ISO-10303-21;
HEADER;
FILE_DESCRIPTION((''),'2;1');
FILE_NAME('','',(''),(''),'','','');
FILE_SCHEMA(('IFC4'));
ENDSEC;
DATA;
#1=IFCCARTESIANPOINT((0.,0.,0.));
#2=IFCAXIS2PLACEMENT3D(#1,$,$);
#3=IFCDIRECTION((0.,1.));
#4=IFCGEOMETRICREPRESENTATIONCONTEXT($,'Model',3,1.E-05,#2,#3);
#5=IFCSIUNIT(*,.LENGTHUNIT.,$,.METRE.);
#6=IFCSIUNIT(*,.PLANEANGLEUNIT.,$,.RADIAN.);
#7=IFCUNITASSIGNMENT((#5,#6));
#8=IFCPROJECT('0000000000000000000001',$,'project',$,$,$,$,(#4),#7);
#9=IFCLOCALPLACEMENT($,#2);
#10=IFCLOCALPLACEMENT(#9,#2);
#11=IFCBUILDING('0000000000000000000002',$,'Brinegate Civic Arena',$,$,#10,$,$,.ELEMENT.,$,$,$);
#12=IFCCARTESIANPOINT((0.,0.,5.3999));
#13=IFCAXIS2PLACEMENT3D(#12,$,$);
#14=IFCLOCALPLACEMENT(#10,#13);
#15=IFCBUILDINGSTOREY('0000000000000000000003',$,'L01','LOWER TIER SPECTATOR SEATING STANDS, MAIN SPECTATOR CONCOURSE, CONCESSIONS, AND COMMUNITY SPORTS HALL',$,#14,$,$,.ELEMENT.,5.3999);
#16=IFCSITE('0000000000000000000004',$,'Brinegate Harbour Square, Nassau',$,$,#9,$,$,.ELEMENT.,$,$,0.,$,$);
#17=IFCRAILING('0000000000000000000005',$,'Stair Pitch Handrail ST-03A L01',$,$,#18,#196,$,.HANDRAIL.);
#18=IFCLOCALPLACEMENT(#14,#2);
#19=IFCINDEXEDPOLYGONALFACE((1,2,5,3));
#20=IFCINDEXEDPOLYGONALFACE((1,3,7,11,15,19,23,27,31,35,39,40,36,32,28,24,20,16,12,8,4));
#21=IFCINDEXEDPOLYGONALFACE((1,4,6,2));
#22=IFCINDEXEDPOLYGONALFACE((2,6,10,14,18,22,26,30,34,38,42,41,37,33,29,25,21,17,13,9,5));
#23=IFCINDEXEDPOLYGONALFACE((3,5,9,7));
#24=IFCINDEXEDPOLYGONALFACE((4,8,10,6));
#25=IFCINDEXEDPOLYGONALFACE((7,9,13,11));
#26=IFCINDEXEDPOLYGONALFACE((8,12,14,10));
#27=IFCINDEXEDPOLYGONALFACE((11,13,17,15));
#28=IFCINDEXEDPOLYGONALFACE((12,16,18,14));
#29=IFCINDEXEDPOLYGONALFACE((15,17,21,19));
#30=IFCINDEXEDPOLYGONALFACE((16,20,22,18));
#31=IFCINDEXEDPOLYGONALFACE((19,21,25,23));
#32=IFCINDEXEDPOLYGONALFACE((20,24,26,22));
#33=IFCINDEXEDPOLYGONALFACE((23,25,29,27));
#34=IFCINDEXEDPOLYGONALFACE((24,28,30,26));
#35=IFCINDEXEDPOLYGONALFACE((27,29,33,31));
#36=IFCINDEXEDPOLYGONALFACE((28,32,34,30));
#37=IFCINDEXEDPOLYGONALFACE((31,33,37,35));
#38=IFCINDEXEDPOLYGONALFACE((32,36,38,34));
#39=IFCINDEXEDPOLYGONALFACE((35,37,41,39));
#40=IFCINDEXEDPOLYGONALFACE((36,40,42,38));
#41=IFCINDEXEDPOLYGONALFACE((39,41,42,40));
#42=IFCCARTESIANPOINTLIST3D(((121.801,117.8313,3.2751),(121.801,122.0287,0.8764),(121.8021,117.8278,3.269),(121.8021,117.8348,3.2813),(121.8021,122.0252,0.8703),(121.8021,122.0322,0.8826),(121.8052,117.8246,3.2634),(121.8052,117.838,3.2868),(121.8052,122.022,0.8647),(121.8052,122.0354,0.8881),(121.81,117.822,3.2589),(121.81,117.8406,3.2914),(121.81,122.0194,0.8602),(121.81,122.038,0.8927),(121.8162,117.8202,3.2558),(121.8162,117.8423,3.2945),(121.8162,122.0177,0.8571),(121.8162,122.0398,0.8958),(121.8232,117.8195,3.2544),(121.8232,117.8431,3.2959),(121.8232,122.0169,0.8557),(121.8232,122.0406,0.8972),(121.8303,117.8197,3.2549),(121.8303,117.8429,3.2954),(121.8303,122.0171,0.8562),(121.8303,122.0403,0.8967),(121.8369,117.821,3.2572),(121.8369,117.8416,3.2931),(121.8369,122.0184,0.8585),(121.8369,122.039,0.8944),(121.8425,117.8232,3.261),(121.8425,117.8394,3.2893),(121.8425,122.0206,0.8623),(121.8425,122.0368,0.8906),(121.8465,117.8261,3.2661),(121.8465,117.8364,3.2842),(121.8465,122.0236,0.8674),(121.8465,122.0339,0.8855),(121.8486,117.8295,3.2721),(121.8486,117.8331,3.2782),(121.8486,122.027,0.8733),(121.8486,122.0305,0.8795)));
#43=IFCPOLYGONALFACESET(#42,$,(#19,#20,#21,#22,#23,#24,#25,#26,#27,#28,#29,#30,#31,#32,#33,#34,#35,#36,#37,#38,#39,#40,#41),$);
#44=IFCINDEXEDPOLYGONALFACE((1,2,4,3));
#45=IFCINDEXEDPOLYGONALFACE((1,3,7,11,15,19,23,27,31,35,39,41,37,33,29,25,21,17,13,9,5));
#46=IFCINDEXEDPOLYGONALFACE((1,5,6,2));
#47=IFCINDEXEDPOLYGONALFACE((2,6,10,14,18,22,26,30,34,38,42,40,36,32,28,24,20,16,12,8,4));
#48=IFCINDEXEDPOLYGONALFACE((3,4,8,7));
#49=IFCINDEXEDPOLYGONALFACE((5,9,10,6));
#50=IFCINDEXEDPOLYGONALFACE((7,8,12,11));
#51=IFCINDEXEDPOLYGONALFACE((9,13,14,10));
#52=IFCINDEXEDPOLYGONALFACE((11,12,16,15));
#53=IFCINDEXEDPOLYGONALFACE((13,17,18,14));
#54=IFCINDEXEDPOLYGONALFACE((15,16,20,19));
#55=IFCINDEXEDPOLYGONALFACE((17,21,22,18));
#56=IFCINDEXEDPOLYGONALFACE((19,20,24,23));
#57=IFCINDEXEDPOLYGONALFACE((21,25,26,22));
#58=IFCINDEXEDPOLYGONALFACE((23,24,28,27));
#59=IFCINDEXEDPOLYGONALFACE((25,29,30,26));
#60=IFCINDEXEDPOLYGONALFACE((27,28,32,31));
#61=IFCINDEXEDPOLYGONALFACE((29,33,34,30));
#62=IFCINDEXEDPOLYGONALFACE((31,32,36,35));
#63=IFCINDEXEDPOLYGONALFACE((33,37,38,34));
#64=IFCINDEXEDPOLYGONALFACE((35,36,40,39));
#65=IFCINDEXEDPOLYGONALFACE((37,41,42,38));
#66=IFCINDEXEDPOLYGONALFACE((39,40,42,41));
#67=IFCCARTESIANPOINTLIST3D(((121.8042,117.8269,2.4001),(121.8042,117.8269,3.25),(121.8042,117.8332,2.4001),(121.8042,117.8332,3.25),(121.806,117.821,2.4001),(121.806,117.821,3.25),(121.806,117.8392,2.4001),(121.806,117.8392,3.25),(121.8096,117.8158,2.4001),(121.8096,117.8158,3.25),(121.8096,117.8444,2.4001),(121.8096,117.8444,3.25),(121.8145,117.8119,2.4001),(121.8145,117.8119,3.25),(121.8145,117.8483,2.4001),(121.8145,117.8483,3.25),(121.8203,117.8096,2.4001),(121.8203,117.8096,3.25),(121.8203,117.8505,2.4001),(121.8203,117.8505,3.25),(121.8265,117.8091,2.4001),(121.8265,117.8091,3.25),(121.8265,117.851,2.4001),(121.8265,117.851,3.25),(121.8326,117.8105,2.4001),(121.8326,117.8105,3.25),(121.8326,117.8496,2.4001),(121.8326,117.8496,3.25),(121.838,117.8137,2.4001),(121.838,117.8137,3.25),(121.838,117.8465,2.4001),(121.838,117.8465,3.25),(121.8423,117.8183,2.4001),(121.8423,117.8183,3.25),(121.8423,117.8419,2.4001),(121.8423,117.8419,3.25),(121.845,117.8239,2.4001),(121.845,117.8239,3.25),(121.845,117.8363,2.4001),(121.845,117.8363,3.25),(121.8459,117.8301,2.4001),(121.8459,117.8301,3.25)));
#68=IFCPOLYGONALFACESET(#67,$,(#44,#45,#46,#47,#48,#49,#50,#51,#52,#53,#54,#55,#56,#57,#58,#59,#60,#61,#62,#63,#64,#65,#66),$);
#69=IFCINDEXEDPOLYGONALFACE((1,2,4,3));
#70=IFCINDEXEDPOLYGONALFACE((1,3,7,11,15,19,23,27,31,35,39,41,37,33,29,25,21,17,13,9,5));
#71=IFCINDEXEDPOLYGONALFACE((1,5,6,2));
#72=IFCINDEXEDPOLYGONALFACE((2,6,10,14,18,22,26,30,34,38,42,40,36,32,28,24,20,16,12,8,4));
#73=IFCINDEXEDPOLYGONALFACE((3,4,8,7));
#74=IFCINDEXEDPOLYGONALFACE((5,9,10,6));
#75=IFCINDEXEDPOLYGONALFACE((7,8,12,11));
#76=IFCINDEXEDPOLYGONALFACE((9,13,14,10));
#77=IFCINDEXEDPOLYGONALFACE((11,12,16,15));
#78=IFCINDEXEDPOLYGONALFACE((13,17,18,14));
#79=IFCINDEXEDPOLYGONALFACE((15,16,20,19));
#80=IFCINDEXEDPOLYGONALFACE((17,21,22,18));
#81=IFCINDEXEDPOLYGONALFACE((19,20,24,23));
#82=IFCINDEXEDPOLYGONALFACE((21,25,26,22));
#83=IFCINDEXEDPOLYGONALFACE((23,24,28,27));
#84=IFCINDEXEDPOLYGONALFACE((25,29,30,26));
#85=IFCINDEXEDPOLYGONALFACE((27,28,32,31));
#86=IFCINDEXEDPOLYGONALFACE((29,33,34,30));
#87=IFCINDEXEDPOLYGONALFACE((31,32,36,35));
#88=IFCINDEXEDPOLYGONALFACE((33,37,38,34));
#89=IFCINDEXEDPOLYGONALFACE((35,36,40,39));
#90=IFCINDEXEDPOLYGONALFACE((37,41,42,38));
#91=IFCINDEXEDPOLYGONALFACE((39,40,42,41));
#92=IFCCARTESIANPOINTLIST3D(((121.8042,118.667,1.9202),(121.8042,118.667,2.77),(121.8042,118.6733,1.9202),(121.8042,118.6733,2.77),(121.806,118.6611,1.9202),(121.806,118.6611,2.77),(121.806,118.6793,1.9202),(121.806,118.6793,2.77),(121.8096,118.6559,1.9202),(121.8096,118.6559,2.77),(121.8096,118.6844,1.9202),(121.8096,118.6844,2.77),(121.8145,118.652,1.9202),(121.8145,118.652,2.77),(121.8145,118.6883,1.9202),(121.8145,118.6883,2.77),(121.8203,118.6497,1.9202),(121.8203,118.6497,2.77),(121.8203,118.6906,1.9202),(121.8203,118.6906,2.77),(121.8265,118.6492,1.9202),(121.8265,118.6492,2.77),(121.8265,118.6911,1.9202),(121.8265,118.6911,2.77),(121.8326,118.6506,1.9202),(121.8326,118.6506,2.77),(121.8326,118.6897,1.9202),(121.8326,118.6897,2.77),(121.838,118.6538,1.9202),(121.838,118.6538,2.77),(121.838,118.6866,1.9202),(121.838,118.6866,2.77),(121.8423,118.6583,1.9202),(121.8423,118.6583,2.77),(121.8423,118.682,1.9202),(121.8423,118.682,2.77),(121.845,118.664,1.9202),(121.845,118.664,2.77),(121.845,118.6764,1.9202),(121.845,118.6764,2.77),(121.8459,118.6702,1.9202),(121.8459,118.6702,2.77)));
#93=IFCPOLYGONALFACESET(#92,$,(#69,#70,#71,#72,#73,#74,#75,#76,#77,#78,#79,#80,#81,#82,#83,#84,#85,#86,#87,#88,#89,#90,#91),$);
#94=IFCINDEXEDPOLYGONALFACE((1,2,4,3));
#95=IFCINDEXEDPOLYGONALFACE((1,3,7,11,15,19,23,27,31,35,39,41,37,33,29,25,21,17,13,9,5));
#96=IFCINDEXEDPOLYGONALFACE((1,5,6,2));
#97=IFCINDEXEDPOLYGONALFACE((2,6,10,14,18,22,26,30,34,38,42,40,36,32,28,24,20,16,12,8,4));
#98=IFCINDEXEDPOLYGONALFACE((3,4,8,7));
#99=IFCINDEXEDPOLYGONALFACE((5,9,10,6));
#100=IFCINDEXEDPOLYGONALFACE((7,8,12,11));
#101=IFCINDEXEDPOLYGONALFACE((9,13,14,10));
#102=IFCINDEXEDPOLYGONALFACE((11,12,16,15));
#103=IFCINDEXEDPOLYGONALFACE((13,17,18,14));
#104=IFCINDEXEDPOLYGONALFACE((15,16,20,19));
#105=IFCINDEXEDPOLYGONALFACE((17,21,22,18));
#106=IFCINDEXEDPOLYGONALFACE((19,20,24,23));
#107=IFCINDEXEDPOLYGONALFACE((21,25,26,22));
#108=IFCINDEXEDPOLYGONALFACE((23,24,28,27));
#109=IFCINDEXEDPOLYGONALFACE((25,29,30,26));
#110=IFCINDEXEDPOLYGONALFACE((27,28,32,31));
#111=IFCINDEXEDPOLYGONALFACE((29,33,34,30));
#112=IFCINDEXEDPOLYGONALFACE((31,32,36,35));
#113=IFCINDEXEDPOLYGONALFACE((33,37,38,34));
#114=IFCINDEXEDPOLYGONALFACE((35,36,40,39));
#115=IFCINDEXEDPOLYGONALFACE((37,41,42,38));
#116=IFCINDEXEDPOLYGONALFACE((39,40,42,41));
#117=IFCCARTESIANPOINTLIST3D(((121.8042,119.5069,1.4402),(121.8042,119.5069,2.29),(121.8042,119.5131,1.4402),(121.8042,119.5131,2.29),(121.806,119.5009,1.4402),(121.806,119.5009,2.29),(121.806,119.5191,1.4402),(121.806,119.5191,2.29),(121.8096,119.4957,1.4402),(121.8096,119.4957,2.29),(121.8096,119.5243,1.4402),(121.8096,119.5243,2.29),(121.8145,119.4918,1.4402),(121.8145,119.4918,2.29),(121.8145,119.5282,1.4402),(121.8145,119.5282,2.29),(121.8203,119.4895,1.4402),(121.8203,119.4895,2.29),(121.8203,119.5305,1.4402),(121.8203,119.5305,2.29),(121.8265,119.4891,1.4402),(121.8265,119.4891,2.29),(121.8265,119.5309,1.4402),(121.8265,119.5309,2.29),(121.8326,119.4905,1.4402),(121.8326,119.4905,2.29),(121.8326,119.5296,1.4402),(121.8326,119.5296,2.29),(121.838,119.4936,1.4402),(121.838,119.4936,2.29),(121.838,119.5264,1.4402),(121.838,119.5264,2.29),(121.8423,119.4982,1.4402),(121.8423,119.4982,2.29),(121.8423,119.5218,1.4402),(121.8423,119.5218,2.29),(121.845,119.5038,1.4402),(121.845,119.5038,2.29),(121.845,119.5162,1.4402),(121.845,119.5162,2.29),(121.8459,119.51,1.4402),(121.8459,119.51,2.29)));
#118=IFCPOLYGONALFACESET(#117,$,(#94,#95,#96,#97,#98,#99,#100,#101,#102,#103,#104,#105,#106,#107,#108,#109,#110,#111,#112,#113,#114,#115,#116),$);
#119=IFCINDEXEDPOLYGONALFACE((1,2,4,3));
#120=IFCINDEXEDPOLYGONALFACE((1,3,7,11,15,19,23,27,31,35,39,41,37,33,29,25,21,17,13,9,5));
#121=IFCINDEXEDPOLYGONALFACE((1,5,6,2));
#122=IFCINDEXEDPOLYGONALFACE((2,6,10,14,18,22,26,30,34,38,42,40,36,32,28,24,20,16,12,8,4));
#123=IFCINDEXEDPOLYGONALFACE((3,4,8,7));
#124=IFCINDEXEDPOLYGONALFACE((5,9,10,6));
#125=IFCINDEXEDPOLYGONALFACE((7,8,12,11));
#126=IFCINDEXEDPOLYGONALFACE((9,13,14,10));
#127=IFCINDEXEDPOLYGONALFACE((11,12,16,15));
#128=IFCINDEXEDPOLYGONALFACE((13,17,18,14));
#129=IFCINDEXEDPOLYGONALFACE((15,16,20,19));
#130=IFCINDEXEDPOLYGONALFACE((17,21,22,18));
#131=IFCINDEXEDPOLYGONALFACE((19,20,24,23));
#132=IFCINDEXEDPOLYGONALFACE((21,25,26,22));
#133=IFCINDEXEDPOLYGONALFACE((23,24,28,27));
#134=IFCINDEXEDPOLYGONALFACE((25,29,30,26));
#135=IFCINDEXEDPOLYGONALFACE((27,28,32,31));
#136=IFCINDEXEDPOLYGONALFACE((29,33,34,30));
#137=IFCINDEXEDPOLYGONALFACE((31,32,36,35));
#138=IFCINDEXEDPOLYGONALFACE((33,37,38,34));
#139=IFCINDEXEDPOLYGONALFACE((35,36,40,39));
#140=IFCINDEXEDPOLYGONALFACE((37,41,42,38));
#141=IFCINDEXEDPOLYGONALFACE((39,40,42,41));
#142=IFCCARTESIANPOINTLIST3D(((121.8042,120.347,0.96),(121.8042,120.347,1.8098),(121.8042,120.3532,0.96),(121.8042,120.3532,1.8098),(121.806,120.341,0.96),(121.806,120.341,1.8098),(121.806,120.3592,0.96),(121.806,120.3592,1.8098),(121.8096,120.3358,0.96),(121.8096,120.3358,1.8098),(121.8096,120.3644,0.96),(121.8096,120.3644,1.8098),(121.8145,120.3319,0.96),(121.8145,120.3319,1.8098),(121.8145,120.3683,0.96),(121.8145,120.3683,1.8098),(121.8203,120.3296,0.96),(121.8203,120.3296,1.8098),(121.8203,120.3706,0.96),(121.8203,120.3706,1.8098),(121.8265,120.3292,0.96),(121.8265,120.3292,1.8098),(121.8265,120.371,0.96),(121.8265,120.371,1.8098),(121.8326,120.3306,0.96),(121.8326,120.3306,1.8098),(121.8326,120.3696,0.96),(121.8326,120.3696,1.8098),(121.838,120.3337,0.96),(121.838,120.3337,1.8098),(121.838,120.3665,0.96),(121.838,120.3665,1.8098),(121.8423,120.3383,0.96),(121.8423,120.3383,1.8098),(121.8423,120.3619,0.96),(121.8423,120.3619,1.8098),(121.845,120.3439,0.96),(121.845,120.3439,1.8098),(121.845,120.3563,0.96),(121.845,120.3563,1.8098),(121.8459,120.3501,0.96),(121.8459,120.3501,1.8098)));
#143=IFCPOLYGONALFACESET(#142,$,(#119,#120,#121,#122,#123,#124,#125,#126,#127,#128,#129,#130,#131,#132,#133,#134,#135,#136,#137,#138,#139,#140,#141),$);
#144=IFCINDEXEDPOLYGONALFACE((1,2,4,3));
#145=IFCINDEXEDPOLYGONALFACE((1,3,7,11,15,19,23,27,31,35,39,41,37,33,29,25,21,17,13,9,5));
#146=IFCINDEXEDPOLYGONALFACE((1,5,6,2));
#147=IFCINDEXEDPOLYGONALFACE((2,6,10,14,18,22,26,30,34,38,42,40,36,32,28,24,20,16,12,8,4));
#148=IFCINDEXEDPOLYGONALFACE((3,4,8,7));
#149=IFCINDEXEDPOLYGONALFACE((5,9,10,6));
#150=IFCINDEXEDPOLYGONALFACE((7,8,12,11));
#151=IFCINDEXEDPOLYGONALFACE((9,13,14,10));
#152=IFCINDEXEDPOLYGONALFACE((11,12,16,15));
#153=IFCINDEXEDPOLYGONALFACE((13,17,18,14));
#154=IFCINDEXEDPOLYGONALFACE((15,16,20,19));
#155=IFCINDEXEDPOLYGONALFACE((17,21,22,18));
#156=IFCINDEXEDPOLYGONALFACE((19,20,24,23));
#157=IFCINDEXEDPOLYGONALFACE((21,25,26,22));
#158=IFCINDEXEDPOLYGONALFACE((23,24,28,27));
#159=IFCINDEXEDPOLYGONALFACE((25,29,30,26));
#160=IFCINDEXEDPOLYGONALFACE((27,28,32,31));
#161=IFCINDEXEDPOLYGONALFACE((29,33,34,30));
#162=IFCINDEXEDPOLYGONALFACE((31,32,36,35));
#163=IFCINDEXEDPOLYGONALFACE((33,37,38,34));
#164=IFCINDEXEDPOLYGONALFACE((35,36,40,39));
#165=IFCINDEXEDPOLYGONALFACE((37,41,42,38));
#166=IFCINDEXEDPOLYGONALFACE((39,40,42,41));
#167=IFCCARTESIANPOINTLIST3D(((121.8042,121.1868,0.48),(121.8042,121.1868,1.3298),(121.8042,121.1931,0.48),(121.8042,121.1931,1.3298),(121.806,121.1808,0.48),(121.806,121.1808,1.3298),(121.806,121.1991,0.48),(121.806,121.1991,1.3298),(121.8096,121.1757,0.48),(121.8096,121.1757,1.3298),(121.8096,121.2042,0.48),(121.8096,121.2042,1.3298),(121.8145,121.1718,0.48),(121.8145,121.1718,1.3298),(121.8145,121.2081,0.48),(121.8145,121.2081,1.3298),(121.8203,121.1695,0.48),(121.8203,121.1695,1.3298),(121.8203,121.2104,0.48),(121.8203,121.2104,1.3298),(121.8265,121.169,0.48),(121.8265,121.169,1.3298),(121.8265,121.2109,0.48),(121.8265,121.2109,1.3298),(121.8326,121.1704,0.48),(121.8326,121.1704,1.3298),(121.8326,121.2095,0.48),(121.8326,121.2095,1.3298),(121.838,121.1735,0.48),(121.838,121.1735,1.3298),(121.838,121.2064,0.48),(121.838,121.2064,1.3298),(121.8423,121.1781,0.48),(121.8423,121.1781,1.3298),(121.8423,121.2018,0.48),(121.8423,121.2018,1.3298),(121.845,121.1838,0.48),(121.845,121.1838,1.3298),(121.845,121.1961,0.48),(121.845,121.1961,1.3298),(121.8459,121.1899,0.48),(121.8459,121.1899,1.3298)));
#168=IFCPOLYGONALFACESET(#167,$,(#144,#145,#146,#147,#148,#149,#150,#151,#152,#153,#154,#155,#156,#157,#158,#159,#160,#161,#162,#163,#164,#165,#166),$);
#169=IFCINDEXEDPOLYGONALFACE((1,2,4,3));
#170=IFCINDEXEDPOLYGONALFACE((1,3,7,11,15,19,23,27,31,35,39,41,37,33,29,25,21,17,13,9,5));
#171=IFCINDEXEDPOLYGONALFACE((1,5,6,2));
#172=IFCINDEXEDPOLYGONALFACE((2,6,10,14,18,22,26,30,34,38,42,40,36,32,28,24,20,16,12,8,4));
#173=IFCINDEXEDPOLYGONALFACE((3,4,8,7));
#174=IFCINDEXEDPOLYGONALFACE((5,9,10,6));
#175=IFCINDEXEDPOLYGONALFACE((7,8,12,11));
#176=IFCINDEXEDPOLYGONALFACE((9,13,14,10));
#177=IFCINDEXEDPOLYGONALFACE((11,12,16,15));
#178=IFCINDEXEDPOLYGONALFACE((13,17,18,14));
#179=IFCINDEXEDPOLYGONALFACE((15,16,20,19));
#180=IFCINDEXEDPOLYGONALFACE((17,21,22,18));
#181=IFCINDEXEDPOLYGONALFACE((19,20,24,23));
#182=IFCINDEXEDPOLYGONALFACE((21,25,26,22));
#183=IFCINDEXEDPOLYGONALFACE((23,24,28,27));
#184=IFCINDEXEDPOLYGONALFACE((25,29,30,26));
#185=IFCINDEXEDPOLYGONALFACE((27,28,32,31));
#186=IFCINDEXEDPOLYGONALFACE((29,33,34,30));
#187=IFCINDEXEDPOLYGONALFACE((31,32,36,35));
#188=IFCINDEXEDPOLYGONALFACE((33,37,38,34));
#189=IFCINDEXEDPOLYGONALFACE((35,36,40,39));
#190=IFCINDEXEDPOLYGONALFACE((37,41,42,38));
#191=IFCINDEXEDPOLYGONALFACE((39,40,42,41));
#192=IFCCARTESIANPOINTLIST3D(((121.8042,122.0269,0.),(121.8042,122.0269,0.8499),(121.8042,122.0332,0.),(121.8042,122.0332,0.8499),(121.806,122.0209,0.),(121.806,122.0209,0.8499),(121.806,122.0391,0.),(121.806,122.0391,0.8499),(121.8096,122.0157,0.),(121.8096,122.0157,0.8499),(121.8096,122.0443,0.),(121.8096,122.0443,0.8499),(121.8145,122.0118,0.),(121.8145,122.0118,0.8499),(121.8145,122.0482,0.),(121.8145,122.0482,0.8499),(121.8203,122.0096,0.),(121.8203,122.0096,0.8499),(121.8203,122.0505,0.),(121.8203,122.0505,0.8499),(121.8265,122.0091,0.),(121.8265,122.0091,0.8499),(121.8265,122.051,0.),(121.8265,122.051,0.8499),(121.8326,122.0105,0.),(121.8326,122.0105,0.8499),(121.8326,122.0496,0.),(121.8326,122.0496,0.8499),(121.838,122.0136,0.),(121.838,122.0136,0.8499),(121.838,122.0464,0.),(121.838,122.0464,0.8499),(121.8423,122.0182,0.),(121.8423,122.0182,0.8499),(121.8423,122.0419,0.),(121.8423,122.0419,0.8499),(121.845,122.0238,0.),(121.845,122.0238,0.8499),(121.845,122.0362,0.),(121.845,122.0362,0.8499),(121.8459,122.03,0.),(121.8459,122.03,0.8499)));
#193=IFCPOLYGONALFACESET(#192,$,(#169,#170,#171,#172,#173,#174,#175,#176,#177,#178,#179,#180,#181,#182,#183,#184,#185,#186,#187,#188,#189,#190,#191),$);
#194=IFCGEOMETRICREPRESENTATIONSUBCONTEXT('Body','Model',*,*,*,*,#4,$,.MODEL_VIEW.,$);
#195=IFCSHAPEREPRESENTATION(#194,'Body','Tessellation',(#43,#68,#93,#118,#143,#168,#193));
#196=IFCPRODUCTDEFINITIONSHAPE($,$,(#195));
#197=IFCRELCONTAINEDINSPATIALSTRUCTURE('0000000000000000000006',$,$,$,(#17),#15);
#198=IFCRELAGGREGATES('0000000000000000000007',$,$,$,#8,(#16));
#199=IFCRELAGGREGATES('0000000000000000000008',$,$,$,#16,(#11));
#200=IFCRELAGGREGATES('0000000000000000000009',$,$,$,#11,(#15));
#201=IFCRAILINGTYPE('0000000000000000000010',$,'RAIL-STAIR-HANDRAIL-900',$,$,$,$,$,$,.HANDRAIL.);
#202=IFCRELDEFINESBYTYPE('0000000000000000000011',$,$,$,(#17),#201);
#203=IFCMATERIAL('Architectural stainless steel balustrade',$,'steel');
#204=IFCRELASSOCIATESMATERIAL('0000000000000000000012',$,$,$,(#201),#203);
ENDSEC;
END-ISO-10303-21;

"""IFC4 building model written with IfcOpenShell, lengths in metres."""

from ifc_helpers import new_model, si_unit, direction, frame, origin, origin_2d, place, context, subcontext, project, spatial, circle, extrude, material, type_object, element, save


model = new_model("IFC4")

# Units and contexts
model_context = context("Model", 3, precision=1e-05, world=origin(), true_north=direction((0.0, 1.0)))
body_context = subcontext(model_context, "Body", "Model", "MODEL_VIEW")
ifc_project = project(units=[si_unit("LENGTHUNIT", "METRE"), si_unit("PLANEANGLEUNIT", "RADIAN")], contexts=[model_context])

# Site, building, storey
site_placement = place(None, origin())
site = spatial("IfcSite", under=ifc_project, at=site_placement, Name="Brinegate Harbour Square, Nassau", CompositionType="ELEMENT", RefElevation=0.0)
building_placement = place(site_placement, origin())
building = spatial("IfcBuilding", under=site, at=building_placement, Name="Brinegate Civic Arena", CompositionType="ELEMENT")
storey_placement = place(building_placement, frame((0.0, 0.0, 5.3999)))
storey = spatial("IfcBuildingStorey", under=building, at=storey_placement, Name="L01", Description="LOWER TIER SPECTATOR SEATING STANDS, MAIN SPECTATOR CONCOURSE, CONCESSIONS, AND COMMUNITY SPORTS HALL", CompositionType="ELEMENT", Elevation=5.3999)

# Railing
ifc_material_1 = material(Name="Architectural stainless steel balustrade", Category="steel")
railing_type_1 = type_object("IfcRailingType", Name="RAIL-STAIR-HANDRAIL-900", PredefinedType="HANDRAIL", material=ifc_material_1)
for number, where, name in (
    (1, (121.825, 117.8301, 2.4001), "Stair Pitch Handrail ST-03A L01"),
):
    element("IfcRailing", number, at=place(storey_placement, frame(where)), inside=storey, type_object=railing_type_1, Name=name, PredefinedType="HANDRAIL", context=body_context, shape_type="SweptSolid", body=[
        extrude(circle(Radius=0.0239, at=origin_2d()), frame((0.0, 0.0012, 0.875), z_axis=(0.0, 0.868228, -0.496166), x_axis=(-1.0, 0.0, 0.0)), (0.0, 0.0, 1.0), 4.8345),
        extrude(circle(Radius=0.021, at=origin_2d()), origin(), (0.0, 0.0, 1.0), 0.8499),
        extrude(circle(Radius=0.021, at=origin_2d()), frame((0.0, 0.8401, -0.48)), (0.0, 0.0, 1.0), 0.8499),
        extrude(circle(Radius=0.021, at=origin_2d()), frame((0.0, 1.6799, -0.96)), (0.0, 0.0, 1.0), 0.8499),
        extrude(circle(Radius=0.021, at=origin_2d()), frame((0.0, 2.52, -1.4402)), (0.0, 0.0, 1.0), 0.8499),
        extrude(circle(Radius=0.021, at=origin_2d()), frame((0.0, 3.3599, -1.9202)), (0.0, 0.0, 1.0), 0.8499),
        extrude(circle(Radius=0.021, at=origin_2d()), frame((0.0, 4.2, -2.4001)), (0.0, 0.0, 1.0), 0.8499),
    ])

save(model, "model.ifc")
